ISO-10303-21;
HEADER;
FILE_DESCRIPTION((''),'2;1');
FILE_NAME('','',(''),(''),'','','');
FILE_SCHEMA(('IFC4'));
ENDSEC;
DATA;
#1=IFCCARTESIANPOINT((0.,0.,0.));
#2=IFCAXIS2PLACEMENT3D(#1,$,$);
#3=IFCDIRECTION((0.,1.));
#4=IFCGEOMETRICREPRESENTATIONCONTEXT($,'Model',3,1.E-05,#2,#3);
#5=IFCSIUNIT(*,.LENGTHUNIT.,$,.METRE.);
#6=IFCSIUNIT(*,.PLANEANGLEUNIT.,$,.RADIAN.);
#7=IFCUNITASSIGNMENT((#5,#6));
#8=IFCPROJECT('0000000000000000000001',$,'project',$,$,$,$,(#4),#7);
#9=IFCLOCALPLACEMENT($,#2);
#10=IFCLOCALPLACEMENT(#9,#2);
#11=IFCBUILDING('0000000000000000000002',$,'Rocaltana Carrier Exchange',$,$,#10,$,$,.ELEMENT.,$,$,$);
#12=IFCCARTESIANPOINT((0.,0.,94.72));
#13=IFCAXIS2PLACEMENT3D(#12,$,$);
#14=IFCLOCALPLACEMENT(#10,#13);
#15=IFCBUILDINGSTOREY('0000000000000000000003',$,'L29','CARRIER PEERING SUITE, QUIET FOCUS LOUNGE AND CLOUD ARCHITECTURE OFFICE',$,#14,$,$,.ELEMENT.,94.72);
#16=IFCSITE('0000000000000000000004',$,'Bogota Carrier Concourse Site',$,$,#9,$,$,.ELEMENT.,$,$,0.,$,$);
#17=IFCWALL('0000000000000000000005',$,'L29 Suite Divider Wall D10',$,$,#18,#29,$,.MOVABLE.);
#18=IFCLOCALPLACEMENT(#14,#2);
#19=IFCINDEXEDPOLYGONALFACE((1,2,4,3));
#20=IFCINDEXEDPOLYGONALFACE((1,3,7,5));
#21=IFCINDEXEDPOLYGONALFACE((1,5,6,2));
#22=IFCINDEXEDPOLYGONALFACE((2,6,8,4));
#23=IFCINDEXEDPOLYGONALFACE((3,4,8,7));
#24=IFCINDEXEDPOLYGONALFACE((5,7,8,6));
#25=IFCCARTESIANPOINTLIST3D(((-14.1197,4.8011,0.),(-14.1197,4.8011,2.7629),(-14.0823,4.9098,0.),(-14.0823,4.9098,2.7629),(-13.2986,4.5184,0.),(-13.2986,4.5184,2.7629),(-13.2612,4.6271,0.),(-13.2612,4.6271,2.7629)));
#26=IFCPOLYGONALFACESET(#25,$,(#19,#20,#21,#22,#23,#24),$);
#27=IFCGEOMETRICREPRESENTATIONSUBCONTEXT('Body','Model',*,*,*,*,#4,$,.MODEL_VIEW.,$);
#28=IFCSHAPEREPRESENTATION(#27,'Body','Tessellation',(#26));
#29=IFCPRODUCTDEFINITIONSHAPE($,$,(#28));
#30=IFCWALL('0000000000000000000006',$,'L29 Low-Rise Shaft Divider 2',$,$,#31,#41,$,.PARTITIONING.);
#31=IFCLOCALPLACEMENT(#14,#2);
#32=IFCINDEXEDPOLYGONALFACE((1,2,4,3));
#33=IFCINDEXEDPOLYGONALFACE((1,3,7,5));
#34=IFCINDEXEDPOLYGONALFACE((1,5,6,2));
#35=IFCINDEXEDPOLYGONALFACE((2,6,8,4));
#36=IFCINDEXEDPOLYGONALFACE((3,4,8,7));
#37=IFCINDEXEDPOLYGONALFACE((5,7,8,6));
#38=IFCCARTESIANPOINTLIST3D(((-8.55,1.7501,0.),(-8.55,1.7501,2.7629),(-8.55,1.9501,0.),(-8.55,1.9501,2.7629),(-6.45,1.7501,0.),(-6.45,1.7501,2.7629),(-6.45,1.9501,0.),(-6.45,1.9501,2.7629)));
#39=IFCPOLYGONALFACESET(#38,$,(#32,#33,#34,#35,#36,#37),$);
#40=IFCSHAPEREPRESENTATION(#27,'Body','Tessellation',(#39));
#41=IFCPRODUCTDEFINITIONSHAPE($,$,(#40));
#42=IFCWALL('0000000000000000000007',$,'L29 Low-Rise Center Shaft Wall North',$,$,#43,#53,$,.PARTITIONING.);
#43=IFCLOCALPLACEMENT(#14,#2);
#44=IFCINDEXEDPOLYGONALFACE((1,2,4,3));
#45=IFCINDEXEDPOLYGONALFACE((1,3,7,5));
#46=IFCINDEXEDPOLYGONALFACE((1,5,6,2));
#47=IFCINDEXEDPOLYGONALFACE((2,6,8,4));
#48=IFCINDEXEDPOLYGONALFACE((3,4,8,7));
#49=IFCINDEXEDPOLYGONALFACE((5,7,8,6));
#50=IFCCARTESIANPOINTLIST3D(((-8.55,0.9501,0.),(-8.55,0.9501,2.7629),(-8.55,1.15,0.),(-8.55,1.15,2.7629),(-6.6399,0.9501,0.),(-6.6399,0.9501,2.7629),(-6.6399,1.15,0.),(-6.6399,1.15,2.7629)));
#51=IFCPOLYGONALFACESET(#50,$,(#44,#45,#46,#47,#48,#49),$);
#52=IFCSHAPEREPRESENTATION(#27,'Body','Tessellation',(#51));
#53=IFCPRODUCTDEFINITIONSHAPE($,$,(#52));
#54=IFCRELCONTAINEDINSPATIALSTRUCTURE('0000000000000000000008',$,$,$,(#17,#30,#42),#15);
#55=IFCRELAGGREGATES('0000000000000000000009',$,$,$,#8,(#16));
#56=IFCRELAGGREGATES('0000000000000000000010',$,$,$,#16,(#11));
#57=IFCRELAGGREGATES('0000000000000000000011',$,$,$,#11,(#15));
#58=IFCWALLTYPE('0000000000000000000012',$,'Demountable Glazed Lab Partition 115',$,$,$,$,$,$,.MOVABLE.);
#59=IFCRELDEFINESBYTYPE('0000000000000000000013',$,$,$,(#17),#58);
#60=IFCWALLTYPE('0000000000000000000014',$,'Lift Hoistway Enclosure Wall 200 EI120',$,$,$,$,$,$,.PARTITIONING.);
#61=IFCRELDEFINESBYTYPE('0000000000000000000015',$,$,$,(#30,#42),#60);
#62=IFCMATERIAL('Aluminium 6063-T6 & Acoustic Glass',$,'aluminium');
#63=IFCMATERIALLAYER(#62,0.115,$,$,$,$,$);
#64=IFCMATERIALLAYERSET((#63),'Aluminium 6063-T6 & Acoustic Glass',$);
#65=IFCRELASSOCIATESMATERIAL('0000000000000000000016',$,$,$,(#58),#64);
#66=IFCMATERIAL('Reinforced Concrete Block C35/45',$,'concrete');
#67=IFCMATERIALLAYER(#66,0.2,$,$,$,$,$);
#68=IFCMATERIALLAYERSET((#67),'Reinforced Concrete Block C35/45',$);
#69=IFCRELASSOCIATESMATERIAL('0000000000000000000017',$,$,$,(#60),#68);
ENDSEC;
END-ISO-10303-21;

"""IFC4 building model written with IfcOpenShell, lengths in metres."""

from ifc_helpers import new_model, si_unit, direction, frame, frame_2d, origin, place, context, subcontext, project, spatial, rectangle, extrude, material, layer, layer_set, type_object, element, save


model = new_model("IFC4")

# Units and contexts
model_context = context("Model", 3, precision=1e-05, world=origin(), true_north=direction((0.0, 1.0)))
body_context = subcontext(model_context, "Body", "Model", "MODEL_VIEW")
ifc_project = project(units=[si_unit("LENGTHUNIT", "METRE"), si_unit("PLANEANGLEUNIT", "RADIAN")], contexts=[model_context])

# Site, building, storey
site_placement = place(None, origin())
site = spatial("IfcSite", under=ifc_project, at=site_placement, Name="Bogota Carrier Concourse Site", CompositionType="ELEMENT", RefElevation=0.0)
building_placement = place(site_placement, origin())
building = spatial("IfcBuilding", under=site, at=building_placement, Name="Rocaltana Carrier Exchange", CompositionType="ELEMENT")
storey_placement = place(building_placement, frame((0.0, 0.0, 94.72)))
storey = spatial("IfcBuildingStorey", under=building, at=storey_placement, Name="L29", Description="CARRIER PEERING SUITE, QUIET FOCUS LOUNGE AND CLOUD ARCHITECTURE OFFICE", CompositionType="ELEMENT", Elevation=94.72)

# Walls
ifc_material_1 = material(Name="Aluminium 6063-T6 & Acoustic Glass", Category="aluminium")
ifc_layer_1 = layer(ifc_material_1, 0.115)
ifc_layer_set_1 = layer_set([ifc_layer_1], Name="Aluminium 6063-T6 & Acoustic Glass")
wall_type_1 = type_object("IfcWallType", Name="Demountable Glazed Lab Partition 115", PredefinedType="MOVABLE", material=ifc_layer_set_1)
wall_1_placement = place(storey_placement, frame((-13.28, 4.5728, 0.0), z_axis=(0.0, 0.0, 1.0), x_axis=(-0.945516, 0.325575, 0.0)))
element("IfcWall", 1, at=wall_1_placement, inside=storey, type_object=wall_type_1, Name="L29 Suite Divider Wall D10", PredefinedType="MOVABLE", context=body_context, shape_type="SweptSolid", body=[
    extrude(rectangle(XDim=0.8684, YDim=0.115, at=frame_2d((0.4341, 0.0))), origin(), (0.0, 0.0, 1.0), 2.7629),
])
ifc_material_2 = material(Name="Reinforced Concrete Block C35/45", Category="concrete")
ifc_layer_2 = layer(ifc_material_2, 0.2)
ifc_layer_set_2 = layer_set([ifc_layer_2], Name="Reinforced Concrete Block C35/45")
wall_type_2 = type_object("IfcWallType", Name="Lift Hoistway Enclosure Wall 200 EI120", PredefinedType="PARTITIONING", material=ifc_layer_set_2)
wall_2_placement = place(storey_placement, frame((-8.55, 1.8501, 0.0), z_axis=(0.0, 0.0, 1.0), x_axis=(1.0, 0.0, 0.0)))
element("IfcWall", 2, at=wall_2_placement, inside=storey, type_object=wall_type_2, Name="L29 Low-Rise Shaft Divider 2", PredefinedType="PARTITIONING", context=body_context, shape_type="SweptSolid", body=[
    extrude(rectangle(XDim=2.1001, YDim=0.2, at=frame_2d((1.05, 0.0))), origin(), (0.0, 0.0, 1.0), 2.7629),
])
wall_3_placement = place(storey_placement, frame((-8.55, 1.05, 0.0), z_axis=(0.0, 0.0, 1.0), x_axis=(1.0, 0.0, 0.0)))
element("IfcWall", 3, at=wall_3_placement, inside=storey, type_object=wall_type_2, Name="L29 Low-Rise Center Shaft Wall North", PredefinedType="PARTITIONING", context=body_context, shape_type="SweptSolid", body=[
    extrude(rectangle(XDim=1.9102, YDim=0.2, at=frame_2d((0.9551, 0.0))), origin(), (0.0, 0.0, 1.0), 2.7629),
])

save(model, "model.ifc")
